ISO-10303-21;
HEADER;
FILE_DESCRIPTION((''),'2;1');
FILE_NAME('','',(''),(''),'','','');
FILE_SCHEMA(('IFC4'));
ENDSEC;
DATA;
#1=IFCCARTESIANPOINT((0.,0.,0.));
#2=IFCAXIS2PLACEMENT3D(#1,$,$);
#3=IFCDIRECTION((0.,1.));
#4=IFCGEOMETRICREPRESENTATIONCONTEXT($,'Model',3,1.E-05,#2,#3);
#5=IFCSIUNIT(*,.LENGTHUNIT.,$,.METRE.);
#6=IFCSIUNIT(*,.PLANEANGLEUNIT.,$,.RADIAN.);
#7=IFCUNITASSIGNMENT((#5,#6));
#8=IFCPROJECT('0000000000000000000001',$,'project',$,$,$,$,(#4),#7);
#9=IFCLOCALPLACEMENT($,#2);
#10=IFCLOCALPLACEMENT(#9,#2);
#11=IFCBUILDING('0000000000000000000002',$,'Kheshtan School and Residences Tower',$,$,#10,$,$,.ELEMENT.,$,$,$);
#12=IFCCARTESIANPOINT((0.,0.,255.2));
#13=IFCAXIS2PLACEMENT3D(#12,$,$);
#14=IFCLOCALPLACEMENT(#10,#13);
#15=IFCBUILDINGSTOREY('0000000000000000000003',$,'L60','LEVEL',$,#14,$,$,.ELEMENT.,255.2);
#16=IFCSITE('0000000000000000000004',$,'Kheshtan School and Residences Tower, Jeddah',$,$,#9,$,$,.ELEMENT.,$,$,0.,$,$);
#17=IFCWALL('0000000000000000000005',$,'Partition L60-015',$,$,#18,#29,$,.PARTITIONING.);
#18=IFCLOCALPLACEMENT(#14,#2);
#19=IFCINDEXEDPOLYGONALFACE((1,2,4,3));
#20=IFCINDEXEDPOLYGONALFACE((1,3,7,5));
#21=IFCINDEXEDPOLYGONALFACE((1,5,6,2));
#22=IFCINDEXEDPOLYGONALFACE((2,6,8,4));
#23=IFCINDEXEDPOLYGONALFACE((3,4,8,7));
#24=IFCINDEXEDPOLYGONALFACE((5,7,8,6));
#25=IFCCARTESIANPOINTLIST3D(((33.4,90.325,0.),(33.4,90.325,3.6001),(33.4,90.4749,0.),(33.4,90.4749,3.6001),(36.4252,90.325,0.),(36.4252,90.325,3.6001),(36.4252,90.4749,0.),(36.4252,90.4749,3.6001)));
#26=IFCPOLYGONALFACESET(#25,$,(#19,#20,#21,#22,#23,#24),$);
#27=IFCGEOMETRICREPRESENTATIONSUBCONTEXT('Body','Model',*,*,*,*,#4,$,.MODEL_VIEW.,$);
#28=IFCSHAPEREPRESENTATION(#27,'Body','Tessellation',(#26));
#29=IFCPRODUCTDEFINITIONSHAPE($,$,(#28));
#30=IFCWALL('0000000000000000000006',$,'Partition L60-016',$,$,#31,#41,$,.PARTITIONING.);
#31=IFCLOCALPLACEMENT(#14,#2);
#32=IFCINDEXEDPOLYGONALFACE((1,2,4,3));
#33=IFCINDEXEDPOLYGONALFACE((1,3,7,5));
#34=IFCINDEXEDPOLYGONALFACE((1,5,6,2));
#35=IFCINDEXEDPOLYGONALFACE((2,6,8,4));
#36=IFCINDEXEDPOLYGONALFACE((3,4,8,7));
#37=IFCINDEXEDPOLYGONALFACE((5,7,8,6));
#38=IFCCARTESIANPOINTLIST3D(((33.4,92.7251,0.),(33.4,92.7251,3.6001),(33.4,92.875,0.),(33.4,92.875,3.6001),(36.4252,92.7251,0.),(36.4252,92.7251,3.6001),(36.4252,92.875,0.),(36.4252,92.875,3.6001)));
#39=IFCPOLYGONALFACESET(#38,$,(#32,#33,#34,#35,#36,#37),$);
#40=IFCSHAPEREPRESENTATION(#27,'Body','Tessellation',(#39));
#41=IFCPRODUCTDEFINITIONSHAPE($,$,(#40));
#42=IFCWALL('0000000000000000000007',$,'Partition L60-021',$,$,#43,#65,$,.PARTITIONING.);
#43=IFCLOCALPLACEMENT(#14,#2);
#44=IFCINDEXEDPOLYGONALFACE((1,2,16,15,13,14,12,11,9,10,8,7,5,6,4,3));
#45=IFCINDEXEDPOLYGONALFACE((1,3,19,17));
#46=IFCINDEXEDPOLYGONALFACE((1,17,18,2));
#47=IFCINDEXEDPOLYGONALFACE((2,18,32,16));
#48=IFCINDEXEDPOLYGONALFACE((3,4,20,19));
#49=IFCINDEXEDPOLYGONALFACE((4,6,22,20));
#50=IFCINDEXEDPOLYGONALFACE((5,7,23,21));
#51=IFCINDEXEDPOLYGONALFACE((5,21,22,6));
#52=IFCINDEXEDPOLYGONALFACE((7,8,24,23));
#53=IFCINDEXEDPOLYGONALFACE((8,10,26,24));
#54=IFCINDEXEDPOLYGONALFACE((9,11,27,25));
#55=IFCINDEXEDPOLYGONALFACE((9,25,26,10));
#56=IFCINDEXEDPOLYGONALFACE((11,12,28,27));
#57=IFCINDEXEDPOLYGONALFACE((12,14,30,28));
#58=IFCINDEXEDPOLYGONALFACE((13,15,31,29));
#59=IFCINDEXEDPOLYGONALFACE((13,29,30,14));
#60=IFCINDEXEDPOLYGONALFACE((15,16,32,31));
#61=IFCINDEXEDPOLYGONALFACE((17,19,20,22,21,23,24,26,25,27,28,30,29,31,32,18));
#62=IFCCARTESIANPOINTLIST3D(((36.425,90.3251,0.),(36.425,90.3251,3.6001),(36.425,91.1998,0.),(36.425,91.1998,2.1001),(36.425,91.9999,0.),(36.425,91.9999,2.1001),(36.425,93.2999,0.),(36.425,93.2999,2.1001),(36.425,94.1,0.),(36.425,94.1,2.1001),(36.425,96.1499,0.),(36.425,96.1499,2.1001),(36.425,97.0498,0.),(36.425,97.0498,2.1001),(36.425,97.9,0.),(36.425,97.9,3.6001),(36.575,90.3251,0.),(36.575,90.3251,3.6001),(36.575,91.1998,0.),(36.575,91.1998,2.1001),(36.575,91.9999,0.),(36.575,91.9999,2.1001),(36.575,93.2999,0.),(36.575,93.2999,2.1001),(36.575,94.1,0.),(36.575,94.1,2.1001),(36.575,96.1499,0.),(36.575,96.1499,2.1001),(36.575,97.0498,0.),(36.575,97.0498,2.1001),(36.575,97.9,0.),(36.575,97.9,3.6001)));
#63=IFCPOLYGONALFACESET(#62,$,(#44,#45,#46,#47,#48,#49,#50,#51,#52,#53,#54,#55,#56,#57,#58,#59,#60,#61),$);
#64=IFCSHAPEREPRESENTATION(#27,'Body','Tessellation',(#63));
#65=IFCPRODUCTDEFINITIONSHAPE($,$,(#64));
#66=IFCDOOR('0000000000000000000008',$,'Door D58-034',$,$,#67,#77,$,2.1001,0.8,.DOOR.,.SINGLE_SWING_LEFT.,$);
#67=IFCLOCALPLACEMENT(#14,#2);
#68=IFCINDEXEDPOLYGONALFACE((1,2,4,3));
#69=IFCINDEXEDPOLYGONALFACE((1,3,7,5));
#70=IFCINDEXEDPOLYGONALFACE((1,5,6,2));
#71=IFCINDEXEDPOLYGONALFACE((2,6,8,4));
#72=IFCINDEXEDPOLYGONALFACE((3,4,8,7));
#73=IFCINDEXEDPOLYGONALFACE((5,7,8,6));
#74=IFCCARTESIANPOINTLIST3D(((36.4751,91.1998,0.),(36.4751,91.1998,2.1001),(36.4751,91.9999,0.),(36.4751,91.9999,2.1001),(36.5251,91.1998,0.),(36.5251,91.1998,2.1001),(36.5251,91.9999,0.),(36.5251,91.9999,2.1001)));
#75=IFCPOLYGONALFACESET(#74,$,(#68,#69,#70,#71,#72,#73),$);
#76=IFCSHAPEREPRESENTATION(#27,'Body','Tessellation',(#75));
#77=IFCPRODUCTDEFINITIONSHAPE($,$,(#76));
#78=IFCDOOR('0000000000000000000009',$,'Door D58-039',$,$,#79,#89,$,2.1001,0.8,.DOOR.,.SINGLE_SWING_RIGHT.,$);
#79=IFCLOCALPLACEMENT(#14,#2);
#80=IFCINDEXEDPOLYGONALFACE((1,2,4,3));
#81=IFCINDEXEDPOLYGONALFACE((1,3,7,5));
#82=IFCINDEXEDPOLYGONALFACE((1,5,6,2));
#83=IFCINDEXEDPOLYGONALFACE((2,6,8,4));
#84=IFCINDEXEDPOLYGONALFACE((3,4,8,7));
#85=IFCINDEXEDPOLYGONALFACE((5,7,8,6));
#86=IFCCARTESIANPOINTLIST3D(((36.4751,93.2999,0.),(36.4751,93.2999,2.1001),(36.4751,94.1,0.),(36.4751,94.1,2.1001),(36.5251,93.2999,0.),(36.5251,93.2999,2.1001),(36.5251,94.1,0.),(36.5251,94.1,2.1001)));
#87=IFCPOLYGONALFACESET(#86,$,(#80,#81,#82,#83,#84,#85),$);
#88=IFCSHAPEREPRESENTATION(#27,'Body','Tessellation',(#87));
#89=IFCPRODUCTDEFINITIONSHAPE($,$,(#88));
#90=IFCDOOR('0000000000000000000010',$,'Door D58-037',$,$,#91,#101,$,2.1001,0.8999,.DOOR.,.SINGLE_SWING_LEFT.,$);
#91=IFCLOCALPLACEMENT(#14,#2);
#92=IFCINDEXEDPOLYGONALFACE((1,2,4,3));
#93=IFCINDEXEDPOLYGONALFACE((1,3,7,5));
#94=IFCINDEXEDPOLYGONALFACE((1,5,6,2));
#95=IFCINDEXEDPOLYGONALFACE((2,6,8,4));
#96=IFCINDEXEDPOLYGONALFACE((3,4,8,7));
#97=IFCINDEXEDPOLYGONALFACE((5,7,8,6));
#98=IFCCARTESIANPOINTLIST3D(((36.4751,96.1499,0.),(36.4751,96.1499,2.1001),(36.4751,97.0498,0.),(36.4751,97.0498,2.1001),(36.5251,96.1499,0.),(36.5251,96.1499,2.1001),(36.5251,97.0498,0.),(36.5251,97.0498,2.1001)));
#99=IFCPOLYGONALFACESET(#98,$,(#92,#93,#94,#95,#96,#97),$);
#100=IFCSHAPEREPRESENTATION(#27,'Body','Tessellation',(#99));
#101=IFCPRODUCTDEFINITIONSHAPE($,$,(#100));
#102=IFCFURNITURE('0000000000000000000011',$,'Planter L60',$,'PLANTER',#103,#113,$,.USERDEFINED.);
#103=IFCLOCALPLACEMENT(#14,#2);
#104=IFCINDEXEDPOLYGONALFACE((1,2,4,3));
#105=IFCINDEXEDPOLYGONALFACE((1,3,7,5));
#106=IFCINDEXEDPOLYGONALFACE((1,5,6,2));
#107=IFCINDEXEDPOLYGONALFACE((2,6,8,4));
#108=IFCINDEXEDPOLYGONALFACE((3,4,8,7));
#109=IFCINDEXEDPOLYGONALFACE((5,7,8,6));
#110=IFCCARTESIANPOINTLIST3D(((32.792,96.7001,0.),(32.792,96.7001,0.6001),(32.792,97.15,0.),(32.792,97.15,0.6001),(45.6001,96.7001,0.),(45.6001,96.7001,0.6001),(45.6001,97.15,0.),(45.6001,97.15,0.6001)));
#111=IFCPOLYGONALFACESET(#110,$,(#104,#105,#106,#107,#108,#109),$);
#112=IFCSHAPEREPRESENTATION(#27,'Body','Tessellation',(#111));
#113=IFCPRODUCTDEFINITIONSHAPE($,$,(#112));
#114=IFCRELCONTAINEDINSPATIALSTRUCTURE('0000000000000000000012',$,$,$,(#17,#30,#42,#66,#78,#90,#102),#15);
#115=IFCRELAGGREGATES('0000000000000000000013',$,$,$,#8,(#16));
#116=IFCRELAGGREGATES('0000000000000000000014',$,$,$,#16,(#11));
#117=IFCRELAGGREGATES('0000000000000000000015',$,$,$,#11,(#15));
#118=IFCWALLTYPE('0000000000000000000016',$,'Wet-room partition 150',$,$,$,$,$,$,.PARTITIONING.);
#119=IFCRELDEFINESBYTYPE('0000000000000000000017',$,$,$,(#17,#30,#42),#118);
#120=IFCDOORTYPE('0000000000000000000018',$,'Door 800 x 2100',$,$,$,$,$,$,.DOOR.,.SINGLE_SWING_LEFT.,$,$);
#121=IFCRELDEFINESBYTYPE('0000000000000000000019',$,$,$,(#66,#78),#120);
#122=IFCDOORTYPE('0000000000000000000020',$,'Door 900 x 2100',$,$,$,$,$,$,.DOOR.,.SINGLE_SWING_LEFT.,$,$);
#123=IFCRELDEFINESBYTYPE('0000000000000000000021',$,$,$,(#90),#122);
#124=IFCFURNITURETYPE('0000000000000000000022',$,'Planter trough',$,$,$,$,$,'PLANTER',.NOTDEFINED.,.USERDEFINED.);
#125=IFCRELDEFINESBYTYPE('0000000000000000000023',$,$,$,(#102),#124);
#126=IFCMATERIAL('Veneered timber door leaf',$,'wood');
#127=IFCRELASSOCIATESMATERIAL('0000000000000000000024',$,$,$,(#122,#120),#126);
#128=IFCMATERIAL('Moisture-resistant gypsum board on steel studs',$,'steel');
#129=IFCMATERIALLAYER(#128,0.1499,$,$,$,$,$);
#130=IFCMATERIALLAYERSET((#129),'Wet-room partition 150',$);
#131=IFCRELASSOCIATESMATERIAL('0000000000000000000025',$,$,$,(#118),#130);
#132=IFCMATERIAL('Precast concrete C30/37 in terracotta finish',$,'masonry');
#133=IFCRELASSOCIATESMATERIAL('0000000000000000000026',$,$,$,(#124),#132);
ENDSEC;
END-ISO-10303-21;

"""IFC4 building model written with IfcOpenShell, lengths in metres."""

from ifc_helpers import new_model, si_unit, direction, frame, frame_2d, origin, origin_2d, place, context, subcontext, project, spatial, rectangle, extrude, source, transform, mapped, material, layer, layer_set, type_object, element, fill, save


model = new_model("IFC4")

# Units and contexts
model_context = context("Model", 3, precision=1e-05, world=origin(), true_north=direction((0.0, 1.0)))
body_context = subcontext(model_context, "Body", "Model", "MODEL_VIEW")
ifc_project = project(units=[si_unit("LENGTHUNIT", "METRE"), si_unit("PLANEANGLEUNIT", "RADIAN")], contexts=[model_context])

# Site, building, storey
site_placement = place(None, origin())
site = spatial("IfcSite", under=ifc_project, at=site_placement, Name="Kheshtan School and Residences Tower, Jeddah", CompositionType="ELEMENT", RefElevation=0.0)
building_placement = place(site_placement, origin())
building = spatial("IfcBuilding", under=site, at=building_placement, Name="Kheshtan School and Residences Tower", CompositionType="ELEMENT")
storey_placement = place(building_placement, frame((0.0, 0.0, 255.2)))
storey = spatial("IfcBuildingStorey", under=building, at=storey_placement, Name="L60", Description="LEVEL", CompositionType="ELEMENT", Elevation=255.2)

# Shared definitions
ifc_material_1 = material(Name="Veneered timber door leaf", Category="wood")
door_type_1 = type_object("IfcDoorType", Name="Door 900 x 2100", OperationType="SINGLE_SWING_LEFT", PredefinedType="DOOR", material=ifc_material_1)
shared_shape_1 = source(origin(), body_context, "Body", "SweptSolid", [
    extrude(rectangle(XDim=0.8999, YDim=2.1001, at=frame_2d((0.45, 1.05))), frame((0.0, 0.0249, 0.0), z_axis=(0.0, -1.0, 0.0), x_axis=(1.0, 0.0, 0.0)), (0.0, 0.0, 1.0), 0.05),
])

# Walls
ifc_material_2 = material(Name="Moisture-resistant gypsum board on steel studs", Category="steel")
ifc_layer_1 = layer(ifc_material_2, 0.1499)
ifc_layer_set_1 = layer_set([ifc_layer_1], Name="Wet-room partition 150")
wall_type_1 = type_object("IfcWallType", Name="Wet-room partition 150", PredefinedType="PARTITIONING", material=ifc_layer_set_1)
for number, where, z_axis, x_axis, name in (
    (1, (33.3999, 90.3999, 0.0), (0.0, 0.0, 1.0), (1.0, 0.0, 0.0), "Partition L60-015"),
    (2, (33.3999, 92.8, 0.0), (0.0, 0.0, 1.0), (1.0, 0.0, 0.0), "Partition L60-016"),
):
    element("IfcWall", number, at=place(storey_placement, frame(where, z_axis=z_axis, x_axis=x_axis)), inside=storey, type_object=wall_type_1, Name=name, PredefinedType="PARTITIONING", context=body_context, shape_type="SweptSolid", body=[
        extrude(rectangle(XDim=3.0251, YDim=0.1499, at=frame_2d((1.5127, 0.0))), origin(), (0.0, 0.0, 1.0), 3.6001),
    ])

# Wall, openings, doors
wall_1_placement = place(storey_placement, frame((36.5, 90.325, 0.0), z_axis=(0.0, 0.0, 1.0), x_axis=(0.0, 1.0, 0.0)))
wall_1 = element("IfcWall", 3, at=wall_1_placement, inside=storey, type_object=wall_type_1, Name="Partition L60-021", PredefinedType="PARTITIONING", context=body_context, shape_type="SweptSolid", body=[
    extrude(rectangle(XDim=7.575, YDim=0.1499, at=frame_2d((3.7876, 0.0))), origin(), (0.0, 0.0, 1.0), 3.6001),
])
opening_1_placement = place(wall_1_placement, frame((0.875, 0.0, 0.0)))
opening_1 = element("IfcOpeningElement", 4, at=opening_1_placement, cuts=wall_1, PredefinedType="OPENING", context=body_context, shape_type="SweptSolid", body=[
    extrude(rectangle(XDim=0.8, YDim=2.1001, at=frame_2d((0.3999, 1.05))), frame((0.0, 0.085, 0.0), z_axis=(0.0, -1.0, 0.0), x_axis=(1.0, 0.0, 0.0)), (0.0, 0.0, 1.0), 0.1699),
])
opening_2_placement = place(wall_1_placement, frame((5.825, 0.0, 0.0)))
opening_2 = element("IfcOpeningElement", 5, at=opening_2_placement, cuts=wall_1, PredefinedType="OPENING", context=body_context, shape_type="SweptSolid", body=[
    extrude(rectangle(XDim=0.8999, YDim=2.1001, at=frame_2d((0.45, 1.05))), frame((0.0, 0.085, 0.0), z_axis=(0.0, -1.0, 0.0), x_axis=(1.0, 0.0, 0.0)), (0.0, 0.0, 1.0), 0.1699),
])
opening_3_placement = place(wall_1_placement, frame((2.9751, 0.0, 0.0)))
opening_3 = element("IfcOpeningElement", 6, at=opening_3_placement, cuts=wall_1, PredefinedType="OPENING", context=body_context, shape_type="SweptSolid", body=[
    extrude(rectangle(XDim=0.8, YDim=2.1001, at=frame_2d((0.3999, 1.05))), frame((0.0, 0.085, 0.0), z_axis=(0.0, -1.0, 0.0), x_axis=(1.0, 0.0, 0.0)), (0.0, 0.0, 1.0), 0.1699),
])
door_type_2 = type_object("IfcDoorType", Name="Door 800 x 2100", OperationType="SINGLE_SWING_LEFT", PredefinedType="DOOR", material=ifc_material_1)
shared_shape_2 = source(origin(), body_context, "Body", "SweptSolid", [
    extrude(rectangle(XDim=0.8, YDim=2.1001, at=frame_2d((0.3999, 1.05))), frame((0.0, 0.0249, 0.0), z_axis=(0.0, -1.0, 0.0), x_axis=(1.0, 0.0, 0.0)), (0.0, 0.0, 1.0), 0.05),
])
door_1_placement = place(opening_1_placement, origin())
door_1 = element("IfcDoor", 7, at=door_1_placement, inside=storey, type_object=door_type_2, Name="Door D58-034", OperationType="SINGLE_SWING_LEFT", OverallHeight=2.1001, OverallWidth=0.8, PredefinedType="DOOR", context=body_context, shape_type="MappedRepresentation", body=[
    mapped(shared_shape_2, transform((0.0, 0.0, 0.0), x_axis=(1.0, 0.0, 0.0), y_axis=(0.0, 1.0, 0.0), z_axis=(0.0, 0.0, 1.0), scale=1.0)),
])
fill(opening_1, door_1)
door_2_placement = place(opening_3_placement, origin())
door_2 = element("IfcDoor", 8, at=door_2_placement, inside=storey, type_object=door_type_2, Name="Door D58-039", OperationType="SINGLE_SWING_RIGHT", OverallHeight=2.1001, OverallWidth=0.8, PredefinedType="DOOR", context=body_context, shape_type="MappedRepresentation", body=[
    mapped(shared_shape_2, transform((0.0, 0.0, 0.0), x_axis=(1.0, 0.0, 0.0), y_axis=(0.0, 1.0, 0.0), z_axis=(0.0, 0.0, 1.0), scale=1.0)),
])
fill(opening_3, door_2)
door_3_placement = place(opening_2_placement, origin())
door_3 = element("IfcDoor", 9, at=door_3_placement, inside=storey, type_object=door_type_1, Name="Door D58-037", OperationType="SINGLE_SWING_LEFT", OverallHeight=2.1001, OverallWidth=0.8999, PredefinedType="DOOR", context=body_context, shape_type="MappedRepresentation", body=[
    mapped(shared_shape_1, transform((0.0, 0.0, 0.0), x_axis=(1.0, 0.0, 0.0), y_axis=(0.0, 1.0, 0.0), z_axis=(0.0, 0.0, 1.0), scale=1.0)),
])
fill(opening_2, door_3)

# Furniture
ifc_material_3 = material(Name="Precast concrete C30/37 in terracotta finish", Category="masonry")
furniture_type = type_object("IfcFurnitureType", Name="Planter trough", ElementType="PLANTER", AssemblyPlace="NOTDEFINED", PredefinedType="USERDEFINED", material=ifc_material_3)
furniture_placement = place(storey_placement, frame((39.196, 96.925, 0.0), z_axis=(0.0, 0.0, 1.0), x_axis=(1.0, 0.0, 0.0)))
element("IfcFurniture", 10, at=furniture_placement, inside=storey, type_object=furniture_type, Name="Planter L60", ObjectType="PLANTER", PredefinedType="USERDEFINED", context=body_context, shape_type="SweptSolid", body=[
    extrude(rectangle(XDim=12.8081, YDim=0.45, at=origin_2d()), origin(), (0.0, 0.0, 1.0), 0.6001),
])

save(model, "model.ifc")
